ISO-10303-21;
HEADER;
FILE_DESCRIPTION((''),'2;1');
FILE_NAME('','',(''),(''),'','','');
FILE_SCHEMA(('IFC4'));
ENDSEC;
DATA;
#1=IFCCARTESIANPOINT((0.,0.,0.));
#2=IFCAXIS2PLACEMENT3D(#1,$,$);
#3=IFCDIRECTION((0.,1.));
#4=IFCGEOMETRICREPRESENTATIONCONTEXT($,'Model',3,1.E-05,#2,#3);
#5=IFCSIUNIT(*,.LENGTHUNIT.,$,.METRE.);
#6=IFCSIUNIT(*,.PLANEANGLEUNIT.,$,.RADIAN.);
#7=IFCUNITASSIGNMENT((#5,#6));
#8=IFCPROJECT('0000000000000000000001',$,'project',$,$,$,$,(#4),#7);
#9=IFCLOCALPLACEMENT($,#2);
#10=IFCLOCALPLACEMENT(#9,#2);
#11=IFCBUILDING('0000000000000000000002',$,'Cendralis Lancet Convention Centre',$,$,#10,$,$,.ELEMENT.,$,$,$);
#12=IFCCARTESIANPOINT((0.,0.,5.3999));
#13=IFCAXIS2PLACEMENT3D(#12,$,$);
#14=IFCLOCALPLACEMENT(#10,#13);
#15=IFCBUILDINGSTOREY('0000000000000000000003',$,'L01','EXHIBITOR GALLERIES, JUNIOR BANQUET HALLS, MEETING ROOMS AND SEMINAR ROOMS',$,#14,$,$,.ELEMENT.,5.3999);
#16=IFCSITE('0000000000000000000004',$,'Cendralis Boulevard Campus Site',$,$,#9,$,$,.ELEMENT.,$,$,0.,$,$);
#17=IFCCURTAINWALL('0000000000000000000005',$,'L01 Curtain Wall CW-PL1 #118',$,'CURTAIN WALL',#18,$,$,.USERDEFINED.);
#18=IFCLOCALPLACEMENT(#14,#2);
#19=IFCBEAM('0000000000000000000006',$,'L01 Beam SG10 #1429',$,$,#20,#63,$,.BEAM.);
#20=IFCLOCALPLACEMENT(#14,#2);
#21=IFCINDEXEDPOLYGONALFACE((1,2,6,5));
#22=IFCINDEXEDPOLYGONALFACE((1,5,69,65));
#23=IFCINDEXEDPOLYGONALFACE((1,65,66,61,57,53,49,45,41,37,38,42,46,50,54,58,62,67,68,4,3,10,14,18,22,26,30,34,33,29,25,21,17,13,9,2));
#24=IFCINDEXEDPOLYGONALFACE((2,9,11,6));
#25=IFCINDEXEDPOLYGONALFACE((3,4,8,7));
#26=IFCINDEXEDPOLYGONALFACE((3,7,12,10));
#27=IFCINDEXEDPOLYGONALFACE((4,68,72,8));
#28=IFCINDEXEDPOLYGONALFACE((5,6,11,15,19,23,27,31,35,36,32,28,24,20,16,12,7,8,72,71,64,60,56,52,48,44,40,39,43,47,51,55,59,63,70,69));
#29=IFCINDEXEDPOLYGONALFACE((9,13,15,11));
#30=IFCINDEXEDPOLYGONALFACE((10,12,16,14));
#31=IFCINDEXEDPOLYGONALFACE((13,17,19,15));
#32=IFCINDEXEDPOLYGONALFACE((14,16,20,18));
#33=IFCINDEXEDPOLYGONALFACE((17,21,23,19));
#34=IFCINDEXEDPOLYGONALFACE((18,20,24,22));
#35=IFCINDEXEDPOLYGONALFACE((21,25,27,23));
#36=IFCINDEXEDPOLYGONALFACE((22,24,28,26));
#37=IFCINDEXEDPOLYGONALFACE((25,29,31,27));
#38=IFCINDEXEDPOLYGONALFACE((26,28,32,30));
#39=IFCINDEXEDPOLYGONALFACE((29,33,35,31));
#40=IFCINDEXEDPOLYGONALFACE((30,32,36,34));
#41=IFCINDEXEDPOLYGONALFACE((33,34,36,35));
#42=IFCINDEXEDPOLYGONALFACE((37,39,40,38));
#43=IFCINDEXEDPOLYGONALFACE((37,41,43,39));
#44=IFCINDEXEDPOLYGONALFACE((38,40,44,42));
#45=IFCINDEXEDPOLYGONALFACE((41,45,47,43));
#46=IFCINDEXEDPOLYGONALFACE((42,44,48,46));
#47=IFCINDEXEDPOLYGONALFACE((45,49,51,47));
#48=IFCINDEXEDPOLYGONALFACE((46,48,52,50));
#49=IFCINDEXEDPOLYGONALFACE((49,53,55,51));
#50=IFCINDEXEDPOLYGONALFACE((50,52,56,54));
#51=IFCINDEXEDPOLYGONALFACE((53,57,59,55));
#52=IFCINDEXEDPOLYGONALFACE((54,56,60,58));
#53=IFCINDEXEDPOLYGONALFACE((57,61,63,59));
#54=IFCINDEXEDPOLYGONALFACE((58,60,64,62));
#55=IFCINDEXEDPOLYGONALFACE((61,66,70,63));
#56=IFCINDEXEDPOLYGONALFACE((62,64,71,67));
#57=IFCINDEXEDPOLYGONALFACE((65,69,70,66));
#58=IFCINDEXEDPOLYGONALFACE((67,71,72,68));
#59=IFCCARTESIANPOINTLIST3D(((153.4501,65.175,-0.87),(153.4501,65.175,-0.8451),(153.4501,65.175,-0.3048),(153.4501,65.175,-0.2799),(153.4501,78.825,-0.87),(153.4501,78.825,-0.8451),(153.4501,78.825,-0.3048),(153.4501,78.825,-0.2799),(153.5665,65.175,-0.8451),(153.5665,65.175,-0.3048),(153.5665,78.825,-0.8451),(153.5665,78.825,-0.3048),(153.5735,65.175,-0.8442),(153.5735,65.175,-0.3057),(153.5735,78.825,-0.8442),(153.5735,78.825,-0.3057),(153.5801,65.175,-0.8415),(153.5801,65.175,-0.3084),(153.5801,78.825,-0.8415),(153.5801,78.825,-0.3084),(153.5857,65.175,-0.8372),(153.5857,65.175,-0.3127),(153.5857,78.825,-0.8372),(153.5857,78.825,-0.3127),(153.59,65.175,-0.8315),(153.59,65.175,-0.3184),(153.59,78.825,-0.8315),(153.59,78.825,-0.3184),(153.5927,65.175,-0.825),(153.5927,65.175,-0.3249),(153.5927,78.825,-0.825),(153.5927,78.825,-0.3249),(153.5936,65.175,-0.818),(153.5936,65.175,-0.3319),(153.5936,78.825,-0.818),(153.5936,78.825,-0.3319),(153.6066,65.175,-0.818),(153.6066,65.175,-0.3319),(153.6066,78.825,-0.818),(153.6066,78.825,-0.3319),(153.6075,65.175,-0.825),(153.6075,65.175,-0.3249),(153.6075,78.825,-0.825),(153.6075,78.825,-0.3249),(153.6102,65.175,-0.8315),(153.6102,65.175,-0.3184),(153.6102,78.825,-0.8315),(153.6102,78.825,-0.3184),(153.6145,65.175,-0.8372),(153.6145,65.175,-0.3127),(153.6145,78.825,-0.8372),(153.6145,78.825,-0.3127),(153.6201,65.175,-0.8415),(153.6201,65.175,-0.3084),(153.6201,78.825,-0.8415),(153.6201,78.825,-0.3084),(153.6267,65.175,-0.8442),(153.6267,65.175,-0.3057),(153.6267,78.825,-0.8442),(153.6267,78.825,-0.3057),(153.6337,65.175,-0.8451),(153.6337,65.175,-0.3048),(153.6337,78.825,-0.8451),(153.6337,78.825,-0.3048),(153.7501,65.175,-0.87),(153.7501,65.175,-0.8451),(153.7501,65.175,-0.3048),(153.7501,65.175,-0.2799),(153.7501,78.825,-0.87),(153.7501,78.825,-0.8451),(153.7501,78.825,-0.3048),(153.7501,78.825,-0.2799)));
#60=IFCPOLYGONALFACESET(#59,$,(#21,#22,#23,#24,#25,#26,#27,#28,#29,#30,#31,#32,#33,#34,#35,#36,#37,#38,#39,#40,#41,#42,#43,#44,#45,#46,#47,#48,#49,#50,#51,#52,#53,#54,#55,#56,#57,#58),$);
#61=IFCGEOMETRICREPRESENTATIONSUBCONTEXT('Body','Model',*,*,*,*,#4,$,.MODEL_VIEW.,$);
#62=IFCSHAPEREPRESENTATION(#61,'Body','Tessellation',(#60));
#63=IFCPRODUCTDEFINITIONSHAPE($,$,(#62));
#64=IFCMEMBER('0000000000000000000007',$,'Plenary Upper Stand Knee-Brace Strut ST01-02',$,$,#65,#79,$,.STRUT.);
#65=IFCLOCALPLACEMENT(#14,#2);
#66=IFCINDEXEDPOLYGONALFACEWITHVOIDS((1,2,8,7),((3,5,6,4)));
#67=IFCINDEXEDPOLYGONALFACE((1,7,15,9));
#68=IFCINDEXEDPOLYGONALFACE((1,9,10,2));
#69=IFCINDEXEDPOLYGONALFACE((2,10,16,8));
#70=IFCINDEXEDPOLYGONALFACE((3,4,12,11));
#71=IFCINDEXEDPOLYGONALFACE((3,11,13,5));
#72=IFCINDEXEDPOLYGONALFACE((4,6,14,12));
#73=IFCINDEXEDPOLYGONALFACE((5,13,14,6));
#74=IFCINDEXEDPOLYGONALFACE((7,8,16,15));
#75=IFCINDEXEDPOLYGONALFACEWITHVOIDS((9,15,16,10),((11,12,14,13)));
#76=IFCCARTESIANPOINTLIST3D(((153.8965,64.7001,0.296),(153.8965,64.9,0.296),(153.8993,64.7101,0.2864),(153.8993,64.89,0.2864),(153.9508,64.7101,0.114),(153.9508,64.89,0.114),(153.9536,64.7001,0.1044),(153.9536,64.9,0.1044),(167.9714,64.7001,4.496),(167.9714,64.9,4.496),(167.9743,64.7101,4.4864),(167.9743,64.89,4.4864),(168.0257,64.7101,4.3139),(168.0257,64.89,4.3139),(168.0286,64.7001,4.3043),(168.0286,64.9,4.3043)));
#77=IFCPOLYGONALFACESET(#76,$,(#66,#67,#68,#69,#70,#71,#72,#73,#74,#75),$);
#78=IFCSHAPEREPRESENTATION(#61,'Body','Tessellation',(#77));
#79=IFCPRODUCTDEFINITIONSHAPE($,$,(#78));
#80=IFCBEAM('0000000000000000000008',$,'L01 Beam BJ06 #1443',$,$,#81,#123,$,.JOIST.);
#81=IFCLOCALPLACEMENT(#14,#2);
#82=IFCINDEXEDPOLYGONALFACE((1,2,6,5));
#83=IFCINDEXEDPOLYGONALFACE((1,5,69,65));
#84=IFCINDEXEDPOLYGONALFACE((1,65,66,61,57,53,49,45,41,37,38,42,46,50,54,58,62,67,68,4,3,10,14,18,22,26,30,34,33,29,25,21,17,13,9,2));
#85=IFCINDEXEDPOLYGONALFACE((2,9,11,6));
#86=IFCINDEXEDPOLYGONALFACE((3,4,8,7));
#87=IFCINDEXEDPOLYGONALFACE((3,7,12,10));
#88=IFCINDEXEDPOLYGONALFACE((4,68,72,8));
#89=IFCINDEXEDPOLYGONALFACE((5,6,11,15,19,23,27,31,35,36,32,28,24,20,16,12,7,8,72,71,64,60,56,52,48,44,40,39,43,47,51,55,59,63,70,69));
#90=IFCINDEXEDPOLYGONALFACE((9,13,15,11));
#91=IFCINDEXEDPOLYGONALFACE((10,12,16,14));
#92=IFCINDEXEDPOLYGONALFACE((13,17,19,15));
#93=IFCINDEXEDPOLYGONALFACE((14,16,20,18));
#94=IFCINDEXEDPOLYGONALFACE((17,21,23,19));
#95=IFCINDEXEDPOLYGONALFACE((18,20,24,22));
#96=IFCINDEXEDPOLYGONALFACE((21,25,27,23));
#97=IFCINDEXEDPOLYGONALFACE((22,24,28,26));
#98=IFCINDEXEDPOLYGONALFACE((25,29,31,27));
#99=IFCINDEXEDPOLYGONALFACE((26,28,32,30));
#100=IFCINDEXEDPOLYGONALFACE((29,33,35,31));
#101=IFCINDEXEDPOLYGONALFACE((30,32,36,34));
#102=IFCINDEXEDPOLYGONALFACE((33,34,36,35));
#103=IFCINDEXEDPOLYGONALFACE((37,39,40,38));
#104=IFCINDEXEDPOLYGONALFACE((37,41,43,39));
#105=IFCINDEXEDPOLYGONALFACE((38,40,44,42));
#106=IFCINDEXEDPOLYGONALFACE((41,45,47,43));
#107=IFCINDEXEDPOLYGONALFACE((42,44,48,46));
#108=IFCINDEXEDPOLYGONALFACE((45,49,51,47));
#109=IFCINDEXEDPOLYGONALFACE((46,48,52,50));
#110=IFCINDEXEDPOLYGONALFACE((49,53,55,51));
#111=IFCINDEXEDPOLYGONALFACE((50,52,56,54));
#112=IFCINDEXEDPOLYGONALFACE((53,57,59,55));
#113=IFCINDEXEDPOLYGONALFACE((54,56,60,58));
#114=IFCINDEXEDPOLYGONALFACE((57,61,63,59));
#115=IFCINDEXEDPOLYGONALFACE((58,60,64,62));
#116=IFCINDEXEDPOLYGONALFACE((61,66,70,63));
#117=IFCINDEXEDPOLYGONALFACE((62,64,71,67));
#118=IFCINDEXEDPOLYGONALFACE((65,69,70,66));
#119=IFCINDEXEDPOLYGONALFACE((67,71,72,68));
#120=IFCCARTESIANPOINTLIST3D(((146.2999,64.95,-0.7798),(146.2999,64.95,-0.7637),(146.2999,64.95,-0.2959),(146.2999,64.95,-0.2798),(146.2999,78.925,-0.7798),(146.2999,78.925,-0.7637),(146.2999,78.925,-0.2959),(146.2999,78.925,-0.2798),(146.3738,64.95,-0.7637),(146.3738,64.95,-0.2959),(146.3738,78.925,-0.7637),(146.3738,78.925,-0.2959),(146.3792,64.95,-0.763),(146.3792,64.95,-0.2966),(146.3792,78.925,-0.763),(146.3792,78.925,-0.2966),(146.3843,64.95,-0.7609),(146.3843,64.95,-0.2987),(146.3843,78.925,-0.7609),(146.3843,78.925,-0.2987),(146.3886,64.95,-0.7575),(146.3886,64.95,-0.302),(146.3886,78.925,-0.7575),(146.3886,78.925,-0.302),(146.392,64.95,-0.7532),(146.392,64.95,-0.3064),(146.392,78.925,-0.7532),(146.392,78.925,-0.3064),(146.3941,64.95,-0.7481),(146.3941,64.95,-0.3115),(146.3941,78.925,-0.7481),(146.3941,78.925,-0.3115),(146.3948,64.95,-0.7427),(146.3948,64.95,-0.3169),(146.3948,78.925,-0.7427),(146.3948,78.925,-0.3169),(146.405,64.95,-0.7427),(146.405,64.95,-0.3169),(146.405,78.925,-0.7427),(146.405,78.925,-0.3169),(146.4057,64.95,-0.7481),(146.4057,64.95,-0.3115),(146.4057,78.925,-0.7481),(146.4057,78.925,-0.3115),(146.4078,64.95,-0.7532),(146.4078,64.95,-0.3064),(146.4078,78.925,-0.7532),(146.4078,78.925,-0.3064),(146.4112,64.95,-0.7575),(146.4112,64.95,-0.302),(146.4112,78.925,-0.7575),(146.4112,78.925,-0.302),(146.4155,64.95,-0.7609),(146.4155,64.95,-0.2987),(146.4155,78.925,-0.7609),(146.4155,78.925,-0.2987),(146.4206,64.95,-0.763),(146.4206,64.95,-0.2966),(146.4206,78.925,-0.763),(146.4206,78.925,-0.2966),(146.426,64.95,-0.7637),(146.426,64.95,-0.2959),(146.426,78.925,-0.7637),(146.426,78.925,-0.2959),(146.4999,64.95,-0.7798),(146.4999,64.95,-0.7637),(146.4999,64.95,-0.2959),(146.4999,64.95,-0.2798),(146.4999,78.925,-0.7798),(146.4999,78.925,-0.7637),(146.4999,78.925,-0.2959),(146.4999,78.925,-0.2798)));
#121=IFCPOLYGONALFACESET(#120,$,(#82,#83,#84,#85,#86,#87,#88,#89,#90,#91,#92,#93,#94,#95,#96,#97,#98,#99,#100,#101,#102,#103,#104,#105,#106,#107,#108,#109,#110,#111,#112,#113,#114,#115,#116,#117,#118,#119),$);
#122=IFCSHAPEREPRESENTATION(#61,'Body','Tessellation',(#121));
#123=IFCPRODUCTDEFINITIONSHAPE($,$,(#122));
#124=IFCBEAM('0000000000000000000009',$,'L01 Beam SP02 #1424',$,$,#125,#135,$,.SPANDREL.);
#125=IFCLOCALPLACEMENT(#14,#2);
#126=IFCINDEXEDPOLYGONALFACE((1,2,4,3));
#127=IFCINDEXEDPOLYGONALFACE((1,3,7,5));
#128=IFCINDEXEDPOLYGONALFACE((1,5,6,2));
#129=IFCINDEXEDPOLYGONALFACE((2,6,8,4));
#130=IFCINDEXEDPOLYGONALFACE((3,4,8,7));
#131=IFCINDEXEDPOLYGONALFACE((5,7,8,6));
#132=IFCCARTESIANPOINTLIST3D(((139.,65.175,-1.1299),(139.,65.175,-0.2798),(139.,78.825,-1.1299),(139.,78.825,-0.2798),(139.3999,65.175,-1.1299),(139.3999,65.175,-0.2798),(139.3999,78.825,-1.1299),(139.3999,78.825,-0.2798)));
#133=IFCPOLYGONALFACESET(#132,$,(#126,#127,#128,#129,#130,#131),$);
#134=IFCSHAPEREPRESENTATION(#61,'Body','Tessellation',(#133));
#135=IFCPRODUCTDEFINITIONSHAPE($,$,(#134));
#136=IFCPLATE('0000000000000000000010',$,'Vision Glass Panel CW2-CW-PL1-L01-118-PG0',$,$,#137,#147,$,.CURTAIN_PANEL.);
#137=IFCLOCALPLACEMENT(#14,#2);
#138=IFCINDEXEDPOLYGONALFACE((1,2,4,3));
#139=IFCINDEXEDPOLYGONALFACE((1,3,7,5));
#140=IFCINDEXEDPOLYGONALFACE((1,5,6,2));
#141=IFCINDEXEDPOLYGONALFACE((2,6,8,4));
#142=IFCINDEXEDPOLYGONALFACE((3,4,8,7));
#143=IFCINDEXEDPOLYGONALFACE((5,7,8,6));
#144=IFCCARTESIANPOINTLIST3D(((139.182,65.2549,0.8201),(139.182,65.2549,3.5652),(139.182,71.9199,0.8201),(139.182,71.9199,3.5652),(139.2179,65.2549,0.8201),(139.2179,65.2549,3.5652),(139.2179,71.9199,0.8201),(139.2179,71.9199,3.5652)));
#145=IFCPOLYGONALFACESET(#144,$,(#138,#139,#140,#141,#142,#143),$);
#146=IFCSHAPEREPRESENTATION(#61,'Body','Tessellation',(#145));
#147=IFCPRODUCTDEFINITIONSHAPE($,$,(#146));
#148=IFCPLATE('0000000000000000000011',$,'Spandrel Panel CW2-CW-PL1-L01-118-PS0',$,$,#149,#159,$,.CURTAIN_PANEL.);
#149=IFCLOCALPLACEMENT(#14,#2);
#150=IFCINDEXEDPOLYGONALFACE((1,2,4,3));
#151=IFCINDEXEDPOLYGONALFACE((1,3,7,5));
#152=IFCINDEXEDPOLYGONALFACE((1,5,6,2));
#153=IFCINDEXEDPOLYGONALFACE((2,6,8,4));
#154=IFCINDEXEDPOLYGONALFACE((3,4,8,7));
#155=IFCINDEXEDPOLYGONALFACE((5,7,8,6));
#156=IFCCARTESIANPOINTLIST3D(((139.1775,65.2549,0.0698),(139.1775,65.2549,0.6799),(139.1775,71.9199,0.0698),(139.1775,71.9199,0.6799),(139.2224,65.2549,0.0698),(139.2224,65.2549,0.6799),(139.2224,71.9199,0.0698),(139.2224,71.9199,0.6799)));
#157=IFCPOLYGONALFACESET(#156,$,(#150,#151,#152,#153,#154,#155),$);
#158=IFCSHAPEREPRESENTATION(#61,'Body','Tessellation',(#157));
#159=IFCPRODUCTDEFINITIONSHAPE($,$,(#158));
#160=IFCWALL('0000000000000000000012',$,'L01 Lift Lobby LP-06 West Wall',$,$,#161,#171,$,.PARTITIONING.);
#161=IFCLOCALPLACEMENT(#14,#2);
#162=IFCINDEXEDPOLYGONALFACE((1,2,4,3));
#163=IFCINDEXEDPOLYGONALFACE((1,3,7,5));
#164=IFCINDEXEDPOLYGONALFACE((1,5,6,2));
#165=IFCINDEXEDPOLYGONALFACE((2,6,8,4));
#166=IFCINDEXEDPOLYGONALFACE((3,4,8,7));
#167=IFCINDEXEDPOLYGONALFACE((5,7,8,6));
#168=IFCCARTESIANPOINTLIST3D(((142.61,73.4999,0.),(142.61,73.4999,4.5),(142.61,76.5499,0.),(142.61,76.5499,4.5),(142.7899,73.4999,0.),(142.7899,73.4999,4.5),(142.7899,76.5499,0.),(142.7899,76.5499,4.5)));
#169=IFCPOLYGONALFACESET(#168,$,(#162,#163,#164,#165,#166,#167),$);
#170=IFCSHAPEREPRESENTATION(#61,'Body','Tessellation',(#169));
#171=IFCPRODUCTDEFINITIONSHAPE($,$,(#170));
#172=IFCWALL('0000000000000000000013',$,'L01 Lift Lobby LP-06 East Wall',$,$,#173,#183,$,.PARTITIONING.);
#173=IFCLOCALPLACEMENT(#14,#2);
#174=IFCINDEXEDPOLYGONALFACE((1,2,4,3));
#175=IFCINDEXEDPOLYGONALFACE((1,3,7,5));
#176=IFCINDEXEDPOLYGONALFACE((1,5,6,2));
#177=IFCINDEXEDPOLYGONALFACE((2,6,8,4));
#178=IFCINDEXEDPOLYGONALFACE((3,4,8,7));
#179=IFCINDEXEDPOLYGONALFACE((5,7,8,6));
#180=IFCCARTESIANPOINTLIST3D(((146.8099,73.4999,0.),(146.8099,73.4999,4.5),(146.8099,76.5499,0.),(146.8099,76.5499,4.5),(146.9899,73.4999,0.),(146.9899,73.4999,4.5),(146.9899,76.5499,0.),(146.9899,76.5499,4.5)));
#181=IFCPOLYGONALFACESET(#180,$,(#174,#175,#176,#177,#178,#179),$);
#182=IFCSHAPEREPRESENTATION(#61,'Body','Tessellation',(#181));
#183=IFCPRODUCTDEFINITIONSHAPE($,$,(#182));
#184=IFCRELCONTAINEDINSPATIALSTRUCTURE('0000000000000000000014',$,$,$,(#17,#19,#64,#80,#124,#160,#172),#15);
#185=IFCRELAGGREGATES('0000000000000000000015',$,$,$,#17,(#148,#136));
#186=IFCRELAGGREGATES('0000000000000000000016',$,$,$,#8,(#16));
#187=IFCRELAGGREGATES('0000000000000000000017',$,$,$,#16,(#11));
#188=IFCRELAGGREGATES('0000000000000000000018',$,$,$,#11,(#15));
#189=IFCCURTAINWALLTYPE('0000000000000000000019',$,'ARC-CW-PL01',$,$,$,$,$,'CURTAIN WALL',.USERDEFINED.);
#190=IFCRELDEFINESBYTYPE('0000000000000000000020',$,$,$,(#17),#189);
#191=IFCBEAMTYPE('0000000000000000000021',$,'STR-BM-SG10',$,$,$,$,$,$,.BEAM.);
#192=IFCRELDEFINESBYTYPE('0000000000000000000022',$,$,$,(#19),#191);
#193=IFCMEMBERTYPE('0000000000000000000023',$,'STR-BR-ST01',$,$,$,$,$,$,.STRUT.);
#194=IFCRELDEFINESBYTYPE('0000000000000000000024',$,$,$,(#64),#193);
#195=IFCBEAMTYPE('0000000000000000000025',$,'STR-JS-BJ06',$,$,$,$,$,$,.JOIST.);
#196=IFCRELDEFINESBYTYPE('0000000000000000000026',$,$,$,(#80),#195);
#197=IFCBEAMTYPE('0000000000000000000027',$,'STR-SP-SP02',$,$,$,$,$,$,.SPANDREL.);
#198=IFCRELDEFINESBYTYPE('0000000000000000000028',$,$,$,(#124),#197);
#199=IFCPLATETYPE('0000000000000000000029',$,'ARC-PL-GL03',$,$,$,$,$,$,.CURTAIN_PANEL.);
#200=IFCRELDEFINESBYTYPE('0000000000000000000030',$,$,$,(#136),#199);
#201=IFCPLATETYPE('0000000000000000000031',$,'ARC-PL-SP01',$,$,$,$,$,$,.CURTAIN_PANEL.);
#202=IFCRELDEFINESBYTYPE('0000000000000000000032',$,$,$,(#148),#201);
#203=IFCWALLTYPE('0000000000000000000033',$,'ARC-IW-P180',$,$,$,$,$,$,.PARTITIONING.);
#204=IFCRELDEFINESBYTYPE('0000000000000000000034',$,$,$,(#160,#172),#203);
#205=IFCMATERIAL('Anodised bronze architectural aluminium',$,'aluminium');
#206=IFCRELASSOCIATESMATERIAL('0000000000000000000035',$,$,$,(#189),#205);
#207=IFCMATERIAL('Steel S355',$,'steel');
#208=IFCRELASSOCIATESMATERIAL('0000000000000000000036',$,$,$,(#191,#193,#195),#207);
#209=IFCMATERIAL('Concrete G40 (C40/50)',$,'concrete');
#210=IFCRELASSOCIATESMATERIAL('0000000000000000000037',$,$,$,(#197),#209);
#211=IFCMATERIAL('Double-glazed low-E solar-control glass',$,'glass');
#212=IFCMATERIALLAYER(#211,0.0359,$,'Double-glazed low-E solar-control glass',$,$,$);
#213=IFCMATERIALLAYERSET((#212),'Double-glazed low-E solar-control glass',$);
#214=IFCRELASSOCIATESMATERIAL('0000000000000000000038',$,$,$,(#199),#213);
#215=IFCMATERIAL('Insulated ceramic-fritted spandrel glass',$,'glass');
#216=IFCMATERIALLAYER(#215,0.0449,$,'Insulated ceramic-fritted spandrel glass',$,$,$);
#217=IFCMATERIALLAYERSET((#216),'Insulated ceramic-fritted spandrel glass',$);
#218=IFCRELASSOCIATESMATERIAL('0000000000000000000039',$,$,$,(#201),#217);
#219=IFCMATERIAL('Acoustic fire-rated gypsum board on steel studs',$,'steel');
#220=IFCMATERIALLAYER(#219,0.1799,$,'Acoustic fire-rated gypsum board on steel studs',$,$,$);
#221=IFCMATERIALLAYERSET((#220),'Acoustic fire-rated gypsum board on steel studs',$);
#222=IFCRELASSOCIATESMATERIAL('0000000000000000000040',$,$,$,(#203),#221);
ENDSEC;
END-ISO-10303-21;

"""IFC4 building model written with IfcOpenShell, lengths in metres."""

from ifc_helpers import new_model, si_unit, direction, frame, frame_2d, origin, origin_2d, place, context, subcontext, project, spatial, rectangle, hollow_rectangle, i_section, extrude, material, layer, layer_set, material_profile, profile_set, type_object, element, aggregate, save


model = new_model("IFC4")

# Units and contexts
model_context = context("Model", 3, precision=1e-05, world=origin(), true_north=direction((0.0, 1.0)))
body_context = subcontext(model_context, "Body", "Model", "MODEL_VIEW")
ifc_project = project(units=[si_unit("LENGTHUNIT", "METRE"), si_unit("PLANEANGLEUNIT", "RADIAN")], contexts=[model_context])

# Site, building, storey
site_placement = place(None, origin())
site = spatial("IfcSite", under=ifc_project, at=site_placement, Name="Cendralis Boulevard Campus Site", CompositionType="ELEMENT", RefElevation=0.0)
building_placement = place(site_placement, origin())
building = spatial("IfcBuilding", under=site, at=building_placement, Name="Cendralis Lancet Convention Centre", CompositionType="ELEMENT")
storey_placement = place(building_placement, frame((0.0, 0.0, 5.3999)))
storey = spatial("IfcBuildingStorey", under=building, at=storey_placement, Name="L01", Description="EXHIBITOR GALLERIES, JUNIOR BANQUET HALLS, MEETING ROOMS AND SEMINAR ROOMS", CompositionType="ELEMENT", Elevation=5.3999)

# Shared definitions
ifc_material_1 = material(Name="Concrete G40 (C40/50)", Category="concrete")

# Curtain wall
ifc_material_2 = material(Name="Anodised bronze architectural aluminium", Category="aluminium")
curtain_wall_type = type_object("IfcCurtainWallType", Name="ARC-CW-PL01", ElementType="CURTAIN WALL", PredefinedType="USERDEFINED", material=ifc_material_2)
curtain_wall_placement = place(storey_placement, origin())
curtain_wall = element("IfcCurtainWall", 1, at=curtain_wall_placement, inside=storey, type_object=curtain_wall_type, Name="L01 Curtain Wall CW-PL1 #118", ObjectType="CURTAIN WALL", PredefinedType="USERDEFINED")

# Beam
ifc_material_3 = material(Name="Steel S355", Category="steel")
ifc_material_profile_1 = material_profile(ifc_material_3, i_section(OverallWidth=0.3, OverallDepth=0.5901, WebThickness=0.0129, FlangeThickness=0.0249, FilletRadius=0.0271, at=origin_2d()), Name="HEA 600")
ifc_profile_set_1 = profile_set([ifc_material_profile_1], Name="Steel S355")
beam_type_1 = type_object("IfcBeamType", Name="STR-BM-SG10", PredefinedType="BEAM", material=ifc_profile_set_1)
beam_1_placement = place(storey_placement, frame((153.6001, 65.175, -0.575), z_axis=(0.0, 1.0, 0.0), x_axis=(-1.0, 0.0, 0.0)))
element("IfcBeam", 2, at=beam_1_placement, inside=storey, type_object=beam_type_1, Name="L01 Beam SG10 #1429", PredefinedType="BEAM", context=body_context, shape_type="SweptSolid", body=[
    extrude(i_section(OverallWidth=0.3, OverallDepth=0.5901, WebThickness=0.0129, FlangeThickness=0.0249, FilletRadius=0.0271, at=origin_2d()), origin(), (0.0, 0.0, 1.0), 13.6499),
])

# Member
ifc_material_profile_2 = material_profile(ifc_material_3, hollow_rectangle(XDim=0.2, YDim=0.2, WallThickness=0.01, at=origin_2d()), Name="SHS 200x200x10.0")
ifc_profile_set_2 = profile_set([ifc_material_profile_2], Name="Steel S355")
member_type_1 = type_object("IfcMemberType", Name="STR-BR-ST01", PredefinedType="STRUT", material=ifc_profile_set_2)
member_1_placement = place(storey_placement, frame((153.925, 64.8, 0.2002), z_axis=(0.958247, 0.0, 0.28594), x_axis=(0.0, 1.0, 0.0)))
element("IfcMember", 3, at=member_1_placement, inside=storey, type_object=member_type_1, Name="Plenary Upper Stand Knee-Brace Strut ST01-02", PredefinedType="STRUT", context=body_context, shape_type="SweptSolid", body=[
    extrude(hollow_rectangle(XDim=0.2, YDim=0.2, WallThickness=0.01, at=origin_2d()), origin(), (0.0, 0.0, 1.0), 14.6882),
])

# Beams
ifc_material_profile_3 = material_profile(ifc_material_3, i_section(OverallWidth=0.2, OverallDepth=0.5, WebThickness=0.0103, FlangeThickness=0.0161, FilletRadius=0.021, at=origin_2d()), Name="IPE 500")
ifc_profile_set_3 = profile_set([ifc_material_profile_3], Name="Steel S355")
beam_type_2 = type_object("IfcBeamType", Name="STR-JS-BJ06", PredefinedType="JOIST", material=ifc_profile_set_3)
beam_2_placement = place(storey_placement, frame((146.3999, 64.95, -0.5298), z_axis=(0.0, 1.0, 0.0), x_axis=(-1.0, 0.0, 0.0)))
element("IfcBeam", 4, at=beam_2_placement, inside=storey, type_object=beam_type_2, Name="L01 Beam BJ06 #1443", PredefinedType="JOIST", context=body_context, shape_type="SweptSolid", body=[
    extrude(i_section(OverallWidth=0.2, OverallDepth=0.5, WebThickness=0.0103, FlangeThickness=0.0161, FilletRadius=0.021, at=origin_2d()), origin(), (0.0, 0.0, 1.0), 13.9751),
])
ifc_material_profile_4 = material_profile(ifc_material_1, rectangle(XDim=0.3999, YDim=0.8501, at=origin_2d()), Name="RCB 400x850")
ifc_profile_set_4 = profile_set([ifc_material_profile_4], Name="Concrete G40 (C40/50)")
beam_type_3 = type_object("IfcBeamType", Name="STR-SP-SP02", PredefinedType="SPANDREL", material=ifc_profile_set_4)
beam_3_placement = place(storey_placement, frame((139.2, 65.175, -0.7048), z_axis=(0.0, 1.0, 0.0), x_axis=(-1.0, 0.0, 0.0)))
element("IfcBeam", 5, at=beam_3_placement, inside=storey, type_object=beam_type_3, Name="L01 Beam SP02 #1424", PredefinedType="SPANDREL", context=body_context, shape_type="SweptSolid", body=[
    extrude(rectangle(XDim=0.3999, YDim=0.8501, at=origin_2d()), origin(), (0.0, 0.0, 1.0), 13.6499),
])

# Plates
ifc_material_4 = material(Name="Double-glazed low-E solar-control glass", Category="glass")
ifc_layer_1 = layer(ifc_material_4, 0.0359, Name="Double-glazed low-E solar-control glass")
ifc_layer_set_1 = layer_set([ifc_layer_1], Name="Double-glazed low-E solar-control glass")
plate_type_1 = type_object("IfcPlateType", Name="ARC-PL-GL03", PredefinedType="CURTAIN_PANEL", material=ifc_layer_set_1)
plate_1_placement = place(storey_placement, frame((139.2, 68.5874, 0.8201), z_axis=(0.0, 0.0, 1.0), x_axis=(0.0, 1.0, 0.0)))
plate_1 = element("IfcPlate", 6, at=plate_1_placement, type_object=plate_type_1, Name="Vision Glass Panel CW2-CW-PL1-L01-118-PG0", PredefinedType="CURTAIN_PANEL", context=body_context, shape_type="SweptSolid", body=[
    extrude(rectangle(XDim=6.665, YDim=0.0359, at=origin_2d()), origin(), (0.0, 0.0, 1.0), 2.7451),
])
ifc_material_5 = material(Name="Insulated ceramic-fritted spandrel glass", Category="glass")
ifc_layer_2 = layer(ifc_material_5, 0.0449, Name="Insulated ceramic-fritted spandrel glass")
ifc_layer_set_2 = layer_set([ifc_layer_2], Name="Insulated ceramic-fritted spandrel glass")
plate_type_2 = type_object("IfcPlateType", Name="ARC-PL-SP01", PredefinedType="CURTAIN_PANEL", material=ifc_layer_set_2)
plate_2_placement = place(storey_placement, frame((139.2, 68.5874, 0.0698), z_axis=(0.0, 0.0, 1.0), x_axis=(0.0, 1.0, 0.0)))
plate_2 = element("IfcPlate", 7, at=plate_2_placement, type_object=plate_type_2, Name="Spandrel Panel CW2-CW-PL1-L01-118-PS0", PredefinedType="CURTAIN_PANEL", context=body_context, shape_type="SweptSolid", body=[
    extrude(rectangle(XDim=6.665, YDim=0.0449, at=origin_2d()), origin(), (0.0, 0.0, 1.0), 0.6101),
])
aggregate(curtain_wall, [plate_2, plate_1])

# Walls
ifc_material_6 = material(Name="Acoustic fire-rated gypsum board on steel studs", Category="steel")
ifc_layer_3 = layer(ifc_material_6, 0.1799, Name="Acoustic fire-rated gypsum board on steel studs")
ifc_layer_set_3 = layer_set([ifc_layer_3], Name="Acoustic fire-rated gypsum board on steel studs")
wall_type_1 = type_object("IfcWallType", Name="ARC-IW-P180", PredefinedType="PARTITIONING", material=ifc_layer_set_3)
for number, where, z_axis, x_axis, name in (
    (8, (142.7, 73.5, 0.0), (0.0, 0.0, 1.0), (0.0, 1.0, 0.0), "L01 Lift Lobby LP-06 West Wall"),
    (9, (146.8999, 73.5, 0.0), (0.0, 0.0, 1.0), (0.0, 1.0, 0.0), "L01 Lift Lobby LP-06 East Wall"),
):
    element("IfcWall", number, at=place(storey_placement, frame(where, z_axis=z_axis, x_axis=x_axis)), inside=storey, type_object=wall_type_1, Name=name, PredefinedType="PARTITIONING", context=body_context, shape_type="SweptSolid", body=[
        extrude(rectangle(XDim=3.05, YDim=0.1799, at=frame_2d((1.5249, 0.0))), origin(), (0.0, 0.0, 1.0), 4.5),
    ])

save(model, "model.ifc")
